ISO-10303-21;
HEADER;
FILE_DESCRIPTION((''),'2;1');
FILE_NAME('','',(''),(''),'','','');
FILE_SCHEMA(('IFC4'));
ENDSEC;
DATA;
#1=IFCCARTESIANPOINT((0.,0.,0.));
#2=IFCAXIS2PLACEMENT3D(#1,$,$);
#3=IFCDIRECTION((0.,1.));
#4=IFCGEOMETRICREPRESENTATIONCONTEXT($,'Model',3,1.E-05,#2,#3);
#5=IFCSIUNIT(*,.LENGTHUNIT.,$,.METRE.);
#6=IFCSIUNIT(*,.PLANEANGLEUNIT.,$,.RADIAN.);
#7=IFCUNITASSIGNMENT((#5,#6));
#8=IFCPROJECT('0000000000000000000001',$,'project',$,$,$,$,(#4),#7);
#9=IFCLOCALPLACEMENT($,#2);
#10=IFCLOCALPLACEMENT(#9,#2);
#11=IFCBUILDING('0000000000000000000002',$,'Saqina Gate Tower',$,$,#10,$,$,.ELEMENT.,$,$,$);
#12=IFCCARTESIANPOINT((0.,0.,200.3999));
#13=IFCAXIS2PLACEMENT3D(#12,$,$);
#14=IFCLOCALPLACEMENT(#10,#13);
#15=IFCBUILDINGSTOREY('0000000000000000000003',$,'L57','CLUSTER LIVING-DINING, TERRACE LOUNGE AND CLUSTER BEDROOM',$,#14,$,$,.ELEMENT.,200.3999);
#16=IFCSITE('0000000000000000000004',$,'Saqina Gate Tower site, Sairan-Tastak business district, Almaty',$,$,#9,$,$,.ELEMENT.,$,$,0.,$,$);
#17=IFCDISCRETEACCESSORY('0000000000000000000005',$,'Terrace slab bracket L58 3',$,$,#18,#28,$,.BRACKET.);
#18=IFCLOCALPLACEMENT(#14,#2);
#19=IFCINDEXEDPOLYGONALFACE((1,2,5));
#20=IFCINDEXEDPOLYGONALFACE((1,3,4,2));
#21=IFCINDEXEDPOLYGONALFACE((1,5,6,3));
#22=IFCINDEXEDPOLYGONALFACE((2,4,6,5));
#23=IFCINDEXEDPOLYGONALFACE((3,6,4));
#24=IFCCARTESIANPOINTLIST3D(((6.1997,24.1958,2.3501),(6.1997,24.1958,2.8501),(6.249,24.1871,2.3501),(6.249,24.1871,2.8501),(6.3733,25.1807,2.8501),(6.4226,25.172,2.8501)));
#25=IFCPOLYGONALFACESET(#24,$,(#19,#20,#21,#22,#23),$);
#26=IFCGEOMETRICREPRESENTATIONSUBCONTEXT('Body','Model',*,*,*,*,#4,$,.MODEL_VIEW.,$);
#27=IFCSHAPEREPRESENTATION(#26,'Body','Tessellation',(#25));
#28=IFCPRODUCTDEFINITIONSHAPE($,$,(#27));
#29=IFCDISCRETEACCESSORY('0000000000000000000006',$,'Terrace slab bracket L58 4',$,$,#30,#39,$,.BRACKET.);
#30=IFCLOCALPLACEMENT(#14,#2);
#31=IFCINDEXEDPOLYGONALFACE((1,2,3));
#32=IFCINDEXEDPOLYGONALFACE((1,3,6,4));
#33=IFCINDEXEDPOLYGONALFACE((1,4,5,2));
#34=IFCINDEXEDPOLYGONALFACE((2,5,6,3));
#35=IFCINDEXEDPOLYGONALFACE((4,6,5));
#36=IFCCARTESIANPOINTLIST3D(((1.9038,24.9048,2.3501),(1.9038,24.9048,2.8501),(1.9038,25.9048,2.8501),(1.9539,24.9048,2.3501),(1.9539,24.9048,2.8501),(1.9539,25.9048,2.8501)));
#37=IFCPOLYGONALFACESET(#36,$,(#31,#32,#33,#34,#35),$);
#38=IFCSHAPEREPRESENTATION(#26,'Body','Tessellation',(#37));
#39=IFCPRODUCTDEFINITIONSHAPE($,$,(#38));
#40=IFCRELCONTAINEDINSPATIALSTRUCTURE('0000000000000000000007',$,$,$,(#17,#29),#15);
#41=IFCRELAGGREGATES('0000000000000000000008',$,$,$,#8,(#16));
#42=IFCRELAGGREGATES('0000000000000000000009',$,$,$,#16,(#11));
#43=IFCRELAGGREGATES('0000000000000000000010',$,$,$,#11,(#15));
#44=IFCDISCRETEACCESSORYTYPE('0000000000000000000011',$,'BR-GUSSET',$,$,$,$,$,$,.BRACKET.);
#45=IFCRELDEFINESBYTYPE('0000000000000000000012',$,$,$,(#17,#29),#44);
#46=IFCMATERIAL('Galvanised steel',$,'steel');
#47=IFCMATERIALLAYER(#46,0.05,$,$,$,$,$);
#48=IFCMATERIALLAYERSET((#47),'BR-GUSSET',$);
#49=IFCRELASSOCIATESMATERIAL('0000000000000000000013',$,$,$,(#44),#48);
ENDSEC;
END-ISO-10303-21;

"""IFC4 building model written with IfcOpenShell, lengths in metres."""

from ifc_helpers import new_model, si_unit, direction, frame, origin, place, context, subcontext, project, spatial, polyline, outline, extrude, material, layer, layer_set, type_object, element, save


model = new_model("IFC4")

# Units and contexts
model_context = context("Model", 3, precision=1e-05, world=origin(), true_north=direction((0.0, 1.0)))
body_context = subcontext(model_context, "Body", "Model", "MODEL_VIEW")
ifc_project = project(units=[si_unit("LENGTHUNIT", "METRE"), si_unit("PLANEANGLEUNIT", "RADIAN")], contexts=[model_context])

# Site, building, storey
site_placement = place(None, origin())
site = spatial("IfcSite", under=ifc_project, at=site_placement, Name="Saqina Gate Tower site, Sairan-Tastak business district, Almaty", CompositionType="ELEMENT", RefElevation=0.0)
building_placement = place(site_placement, origin())
building = spatial("IfcBuilding", under=site, at=building_placement, Name="Saqina Gate Tower", CompositionType="ELEMENT")
storey_placement = place(building_placement, frame((0.0, 0.0, 200.3999)))
storey = spatial("IfcBuildingStorey", under=building, at=storey_placement, Name="L57", Description="CLUSTER LIVING-DINING, TERRACE LOUNGE AND CLUSTER BEDROOM", CompositionType="ELEMENT", Elevation=200.3999)

# Discrete accessories
ifc_material_1 = material(Name="Galvanised steel", Category="steel")
ifc_layer_1 = layer(ifc_material_1, 0.05)
ifc_layer_set_1 = layer_set([ifc_layer_1], Name="BR-GUSSET")
discrete_accessory_type_1 = type_object("IfcDiscreteAccessoryType", Name="BR-GUSSET", PredefinedType="BRACKET", material=ifc_layer_set_1)
discrete_accessory_1_placement = place(storey_placement, frame((6.1997, 24.1958, 2.3501), z_axis=(-0.98482, 0.173576, 0.0), x_axis=(0.0, 0.0, 1.0)))
element("IfcDiscreteAccessory", 1, at=discrete_accessory_1_placement, inside=storey, type_object=discrete_accessory_type_1, Name="Terrace slab bracket L58 3", PredefinedType="BRACKET", context=body_context, shape_type="SweptSolid", body=[
    extrude(outline(polyline([(0.0, 0.0), (0.5, 0.0), (0.5, 1.0), (0.0, 0.0)])), origin(), (0.0, 0.0, -1.0), 0.05),
])
discrete_accessory_2_placement = place(storey_placement, frame((1.9038, 24.9048, 2.3501), z_axis=(-1.0, 0.0, 0.0), x_axis=(0.0, 0.0, 1.0)))
element("IfcDiscreteAccessory", 2, at=discrete_accessory_2_placement, inside=storey, type_object=discrete_accessory_type_1, Name="Terrace slab bracket L58 4", PredefinedType="BRACKET", context=body_context, shape_type="SweptSolid", body=[
    extrude(outline(polyline([(0.0, 0.0), (0.5, 0.0), (0.5, 1.0), (0.0, 0.0)])), origin(), (0.0, 0.0, -1.0), 0.05),
])

save(model, "model.ifc")
